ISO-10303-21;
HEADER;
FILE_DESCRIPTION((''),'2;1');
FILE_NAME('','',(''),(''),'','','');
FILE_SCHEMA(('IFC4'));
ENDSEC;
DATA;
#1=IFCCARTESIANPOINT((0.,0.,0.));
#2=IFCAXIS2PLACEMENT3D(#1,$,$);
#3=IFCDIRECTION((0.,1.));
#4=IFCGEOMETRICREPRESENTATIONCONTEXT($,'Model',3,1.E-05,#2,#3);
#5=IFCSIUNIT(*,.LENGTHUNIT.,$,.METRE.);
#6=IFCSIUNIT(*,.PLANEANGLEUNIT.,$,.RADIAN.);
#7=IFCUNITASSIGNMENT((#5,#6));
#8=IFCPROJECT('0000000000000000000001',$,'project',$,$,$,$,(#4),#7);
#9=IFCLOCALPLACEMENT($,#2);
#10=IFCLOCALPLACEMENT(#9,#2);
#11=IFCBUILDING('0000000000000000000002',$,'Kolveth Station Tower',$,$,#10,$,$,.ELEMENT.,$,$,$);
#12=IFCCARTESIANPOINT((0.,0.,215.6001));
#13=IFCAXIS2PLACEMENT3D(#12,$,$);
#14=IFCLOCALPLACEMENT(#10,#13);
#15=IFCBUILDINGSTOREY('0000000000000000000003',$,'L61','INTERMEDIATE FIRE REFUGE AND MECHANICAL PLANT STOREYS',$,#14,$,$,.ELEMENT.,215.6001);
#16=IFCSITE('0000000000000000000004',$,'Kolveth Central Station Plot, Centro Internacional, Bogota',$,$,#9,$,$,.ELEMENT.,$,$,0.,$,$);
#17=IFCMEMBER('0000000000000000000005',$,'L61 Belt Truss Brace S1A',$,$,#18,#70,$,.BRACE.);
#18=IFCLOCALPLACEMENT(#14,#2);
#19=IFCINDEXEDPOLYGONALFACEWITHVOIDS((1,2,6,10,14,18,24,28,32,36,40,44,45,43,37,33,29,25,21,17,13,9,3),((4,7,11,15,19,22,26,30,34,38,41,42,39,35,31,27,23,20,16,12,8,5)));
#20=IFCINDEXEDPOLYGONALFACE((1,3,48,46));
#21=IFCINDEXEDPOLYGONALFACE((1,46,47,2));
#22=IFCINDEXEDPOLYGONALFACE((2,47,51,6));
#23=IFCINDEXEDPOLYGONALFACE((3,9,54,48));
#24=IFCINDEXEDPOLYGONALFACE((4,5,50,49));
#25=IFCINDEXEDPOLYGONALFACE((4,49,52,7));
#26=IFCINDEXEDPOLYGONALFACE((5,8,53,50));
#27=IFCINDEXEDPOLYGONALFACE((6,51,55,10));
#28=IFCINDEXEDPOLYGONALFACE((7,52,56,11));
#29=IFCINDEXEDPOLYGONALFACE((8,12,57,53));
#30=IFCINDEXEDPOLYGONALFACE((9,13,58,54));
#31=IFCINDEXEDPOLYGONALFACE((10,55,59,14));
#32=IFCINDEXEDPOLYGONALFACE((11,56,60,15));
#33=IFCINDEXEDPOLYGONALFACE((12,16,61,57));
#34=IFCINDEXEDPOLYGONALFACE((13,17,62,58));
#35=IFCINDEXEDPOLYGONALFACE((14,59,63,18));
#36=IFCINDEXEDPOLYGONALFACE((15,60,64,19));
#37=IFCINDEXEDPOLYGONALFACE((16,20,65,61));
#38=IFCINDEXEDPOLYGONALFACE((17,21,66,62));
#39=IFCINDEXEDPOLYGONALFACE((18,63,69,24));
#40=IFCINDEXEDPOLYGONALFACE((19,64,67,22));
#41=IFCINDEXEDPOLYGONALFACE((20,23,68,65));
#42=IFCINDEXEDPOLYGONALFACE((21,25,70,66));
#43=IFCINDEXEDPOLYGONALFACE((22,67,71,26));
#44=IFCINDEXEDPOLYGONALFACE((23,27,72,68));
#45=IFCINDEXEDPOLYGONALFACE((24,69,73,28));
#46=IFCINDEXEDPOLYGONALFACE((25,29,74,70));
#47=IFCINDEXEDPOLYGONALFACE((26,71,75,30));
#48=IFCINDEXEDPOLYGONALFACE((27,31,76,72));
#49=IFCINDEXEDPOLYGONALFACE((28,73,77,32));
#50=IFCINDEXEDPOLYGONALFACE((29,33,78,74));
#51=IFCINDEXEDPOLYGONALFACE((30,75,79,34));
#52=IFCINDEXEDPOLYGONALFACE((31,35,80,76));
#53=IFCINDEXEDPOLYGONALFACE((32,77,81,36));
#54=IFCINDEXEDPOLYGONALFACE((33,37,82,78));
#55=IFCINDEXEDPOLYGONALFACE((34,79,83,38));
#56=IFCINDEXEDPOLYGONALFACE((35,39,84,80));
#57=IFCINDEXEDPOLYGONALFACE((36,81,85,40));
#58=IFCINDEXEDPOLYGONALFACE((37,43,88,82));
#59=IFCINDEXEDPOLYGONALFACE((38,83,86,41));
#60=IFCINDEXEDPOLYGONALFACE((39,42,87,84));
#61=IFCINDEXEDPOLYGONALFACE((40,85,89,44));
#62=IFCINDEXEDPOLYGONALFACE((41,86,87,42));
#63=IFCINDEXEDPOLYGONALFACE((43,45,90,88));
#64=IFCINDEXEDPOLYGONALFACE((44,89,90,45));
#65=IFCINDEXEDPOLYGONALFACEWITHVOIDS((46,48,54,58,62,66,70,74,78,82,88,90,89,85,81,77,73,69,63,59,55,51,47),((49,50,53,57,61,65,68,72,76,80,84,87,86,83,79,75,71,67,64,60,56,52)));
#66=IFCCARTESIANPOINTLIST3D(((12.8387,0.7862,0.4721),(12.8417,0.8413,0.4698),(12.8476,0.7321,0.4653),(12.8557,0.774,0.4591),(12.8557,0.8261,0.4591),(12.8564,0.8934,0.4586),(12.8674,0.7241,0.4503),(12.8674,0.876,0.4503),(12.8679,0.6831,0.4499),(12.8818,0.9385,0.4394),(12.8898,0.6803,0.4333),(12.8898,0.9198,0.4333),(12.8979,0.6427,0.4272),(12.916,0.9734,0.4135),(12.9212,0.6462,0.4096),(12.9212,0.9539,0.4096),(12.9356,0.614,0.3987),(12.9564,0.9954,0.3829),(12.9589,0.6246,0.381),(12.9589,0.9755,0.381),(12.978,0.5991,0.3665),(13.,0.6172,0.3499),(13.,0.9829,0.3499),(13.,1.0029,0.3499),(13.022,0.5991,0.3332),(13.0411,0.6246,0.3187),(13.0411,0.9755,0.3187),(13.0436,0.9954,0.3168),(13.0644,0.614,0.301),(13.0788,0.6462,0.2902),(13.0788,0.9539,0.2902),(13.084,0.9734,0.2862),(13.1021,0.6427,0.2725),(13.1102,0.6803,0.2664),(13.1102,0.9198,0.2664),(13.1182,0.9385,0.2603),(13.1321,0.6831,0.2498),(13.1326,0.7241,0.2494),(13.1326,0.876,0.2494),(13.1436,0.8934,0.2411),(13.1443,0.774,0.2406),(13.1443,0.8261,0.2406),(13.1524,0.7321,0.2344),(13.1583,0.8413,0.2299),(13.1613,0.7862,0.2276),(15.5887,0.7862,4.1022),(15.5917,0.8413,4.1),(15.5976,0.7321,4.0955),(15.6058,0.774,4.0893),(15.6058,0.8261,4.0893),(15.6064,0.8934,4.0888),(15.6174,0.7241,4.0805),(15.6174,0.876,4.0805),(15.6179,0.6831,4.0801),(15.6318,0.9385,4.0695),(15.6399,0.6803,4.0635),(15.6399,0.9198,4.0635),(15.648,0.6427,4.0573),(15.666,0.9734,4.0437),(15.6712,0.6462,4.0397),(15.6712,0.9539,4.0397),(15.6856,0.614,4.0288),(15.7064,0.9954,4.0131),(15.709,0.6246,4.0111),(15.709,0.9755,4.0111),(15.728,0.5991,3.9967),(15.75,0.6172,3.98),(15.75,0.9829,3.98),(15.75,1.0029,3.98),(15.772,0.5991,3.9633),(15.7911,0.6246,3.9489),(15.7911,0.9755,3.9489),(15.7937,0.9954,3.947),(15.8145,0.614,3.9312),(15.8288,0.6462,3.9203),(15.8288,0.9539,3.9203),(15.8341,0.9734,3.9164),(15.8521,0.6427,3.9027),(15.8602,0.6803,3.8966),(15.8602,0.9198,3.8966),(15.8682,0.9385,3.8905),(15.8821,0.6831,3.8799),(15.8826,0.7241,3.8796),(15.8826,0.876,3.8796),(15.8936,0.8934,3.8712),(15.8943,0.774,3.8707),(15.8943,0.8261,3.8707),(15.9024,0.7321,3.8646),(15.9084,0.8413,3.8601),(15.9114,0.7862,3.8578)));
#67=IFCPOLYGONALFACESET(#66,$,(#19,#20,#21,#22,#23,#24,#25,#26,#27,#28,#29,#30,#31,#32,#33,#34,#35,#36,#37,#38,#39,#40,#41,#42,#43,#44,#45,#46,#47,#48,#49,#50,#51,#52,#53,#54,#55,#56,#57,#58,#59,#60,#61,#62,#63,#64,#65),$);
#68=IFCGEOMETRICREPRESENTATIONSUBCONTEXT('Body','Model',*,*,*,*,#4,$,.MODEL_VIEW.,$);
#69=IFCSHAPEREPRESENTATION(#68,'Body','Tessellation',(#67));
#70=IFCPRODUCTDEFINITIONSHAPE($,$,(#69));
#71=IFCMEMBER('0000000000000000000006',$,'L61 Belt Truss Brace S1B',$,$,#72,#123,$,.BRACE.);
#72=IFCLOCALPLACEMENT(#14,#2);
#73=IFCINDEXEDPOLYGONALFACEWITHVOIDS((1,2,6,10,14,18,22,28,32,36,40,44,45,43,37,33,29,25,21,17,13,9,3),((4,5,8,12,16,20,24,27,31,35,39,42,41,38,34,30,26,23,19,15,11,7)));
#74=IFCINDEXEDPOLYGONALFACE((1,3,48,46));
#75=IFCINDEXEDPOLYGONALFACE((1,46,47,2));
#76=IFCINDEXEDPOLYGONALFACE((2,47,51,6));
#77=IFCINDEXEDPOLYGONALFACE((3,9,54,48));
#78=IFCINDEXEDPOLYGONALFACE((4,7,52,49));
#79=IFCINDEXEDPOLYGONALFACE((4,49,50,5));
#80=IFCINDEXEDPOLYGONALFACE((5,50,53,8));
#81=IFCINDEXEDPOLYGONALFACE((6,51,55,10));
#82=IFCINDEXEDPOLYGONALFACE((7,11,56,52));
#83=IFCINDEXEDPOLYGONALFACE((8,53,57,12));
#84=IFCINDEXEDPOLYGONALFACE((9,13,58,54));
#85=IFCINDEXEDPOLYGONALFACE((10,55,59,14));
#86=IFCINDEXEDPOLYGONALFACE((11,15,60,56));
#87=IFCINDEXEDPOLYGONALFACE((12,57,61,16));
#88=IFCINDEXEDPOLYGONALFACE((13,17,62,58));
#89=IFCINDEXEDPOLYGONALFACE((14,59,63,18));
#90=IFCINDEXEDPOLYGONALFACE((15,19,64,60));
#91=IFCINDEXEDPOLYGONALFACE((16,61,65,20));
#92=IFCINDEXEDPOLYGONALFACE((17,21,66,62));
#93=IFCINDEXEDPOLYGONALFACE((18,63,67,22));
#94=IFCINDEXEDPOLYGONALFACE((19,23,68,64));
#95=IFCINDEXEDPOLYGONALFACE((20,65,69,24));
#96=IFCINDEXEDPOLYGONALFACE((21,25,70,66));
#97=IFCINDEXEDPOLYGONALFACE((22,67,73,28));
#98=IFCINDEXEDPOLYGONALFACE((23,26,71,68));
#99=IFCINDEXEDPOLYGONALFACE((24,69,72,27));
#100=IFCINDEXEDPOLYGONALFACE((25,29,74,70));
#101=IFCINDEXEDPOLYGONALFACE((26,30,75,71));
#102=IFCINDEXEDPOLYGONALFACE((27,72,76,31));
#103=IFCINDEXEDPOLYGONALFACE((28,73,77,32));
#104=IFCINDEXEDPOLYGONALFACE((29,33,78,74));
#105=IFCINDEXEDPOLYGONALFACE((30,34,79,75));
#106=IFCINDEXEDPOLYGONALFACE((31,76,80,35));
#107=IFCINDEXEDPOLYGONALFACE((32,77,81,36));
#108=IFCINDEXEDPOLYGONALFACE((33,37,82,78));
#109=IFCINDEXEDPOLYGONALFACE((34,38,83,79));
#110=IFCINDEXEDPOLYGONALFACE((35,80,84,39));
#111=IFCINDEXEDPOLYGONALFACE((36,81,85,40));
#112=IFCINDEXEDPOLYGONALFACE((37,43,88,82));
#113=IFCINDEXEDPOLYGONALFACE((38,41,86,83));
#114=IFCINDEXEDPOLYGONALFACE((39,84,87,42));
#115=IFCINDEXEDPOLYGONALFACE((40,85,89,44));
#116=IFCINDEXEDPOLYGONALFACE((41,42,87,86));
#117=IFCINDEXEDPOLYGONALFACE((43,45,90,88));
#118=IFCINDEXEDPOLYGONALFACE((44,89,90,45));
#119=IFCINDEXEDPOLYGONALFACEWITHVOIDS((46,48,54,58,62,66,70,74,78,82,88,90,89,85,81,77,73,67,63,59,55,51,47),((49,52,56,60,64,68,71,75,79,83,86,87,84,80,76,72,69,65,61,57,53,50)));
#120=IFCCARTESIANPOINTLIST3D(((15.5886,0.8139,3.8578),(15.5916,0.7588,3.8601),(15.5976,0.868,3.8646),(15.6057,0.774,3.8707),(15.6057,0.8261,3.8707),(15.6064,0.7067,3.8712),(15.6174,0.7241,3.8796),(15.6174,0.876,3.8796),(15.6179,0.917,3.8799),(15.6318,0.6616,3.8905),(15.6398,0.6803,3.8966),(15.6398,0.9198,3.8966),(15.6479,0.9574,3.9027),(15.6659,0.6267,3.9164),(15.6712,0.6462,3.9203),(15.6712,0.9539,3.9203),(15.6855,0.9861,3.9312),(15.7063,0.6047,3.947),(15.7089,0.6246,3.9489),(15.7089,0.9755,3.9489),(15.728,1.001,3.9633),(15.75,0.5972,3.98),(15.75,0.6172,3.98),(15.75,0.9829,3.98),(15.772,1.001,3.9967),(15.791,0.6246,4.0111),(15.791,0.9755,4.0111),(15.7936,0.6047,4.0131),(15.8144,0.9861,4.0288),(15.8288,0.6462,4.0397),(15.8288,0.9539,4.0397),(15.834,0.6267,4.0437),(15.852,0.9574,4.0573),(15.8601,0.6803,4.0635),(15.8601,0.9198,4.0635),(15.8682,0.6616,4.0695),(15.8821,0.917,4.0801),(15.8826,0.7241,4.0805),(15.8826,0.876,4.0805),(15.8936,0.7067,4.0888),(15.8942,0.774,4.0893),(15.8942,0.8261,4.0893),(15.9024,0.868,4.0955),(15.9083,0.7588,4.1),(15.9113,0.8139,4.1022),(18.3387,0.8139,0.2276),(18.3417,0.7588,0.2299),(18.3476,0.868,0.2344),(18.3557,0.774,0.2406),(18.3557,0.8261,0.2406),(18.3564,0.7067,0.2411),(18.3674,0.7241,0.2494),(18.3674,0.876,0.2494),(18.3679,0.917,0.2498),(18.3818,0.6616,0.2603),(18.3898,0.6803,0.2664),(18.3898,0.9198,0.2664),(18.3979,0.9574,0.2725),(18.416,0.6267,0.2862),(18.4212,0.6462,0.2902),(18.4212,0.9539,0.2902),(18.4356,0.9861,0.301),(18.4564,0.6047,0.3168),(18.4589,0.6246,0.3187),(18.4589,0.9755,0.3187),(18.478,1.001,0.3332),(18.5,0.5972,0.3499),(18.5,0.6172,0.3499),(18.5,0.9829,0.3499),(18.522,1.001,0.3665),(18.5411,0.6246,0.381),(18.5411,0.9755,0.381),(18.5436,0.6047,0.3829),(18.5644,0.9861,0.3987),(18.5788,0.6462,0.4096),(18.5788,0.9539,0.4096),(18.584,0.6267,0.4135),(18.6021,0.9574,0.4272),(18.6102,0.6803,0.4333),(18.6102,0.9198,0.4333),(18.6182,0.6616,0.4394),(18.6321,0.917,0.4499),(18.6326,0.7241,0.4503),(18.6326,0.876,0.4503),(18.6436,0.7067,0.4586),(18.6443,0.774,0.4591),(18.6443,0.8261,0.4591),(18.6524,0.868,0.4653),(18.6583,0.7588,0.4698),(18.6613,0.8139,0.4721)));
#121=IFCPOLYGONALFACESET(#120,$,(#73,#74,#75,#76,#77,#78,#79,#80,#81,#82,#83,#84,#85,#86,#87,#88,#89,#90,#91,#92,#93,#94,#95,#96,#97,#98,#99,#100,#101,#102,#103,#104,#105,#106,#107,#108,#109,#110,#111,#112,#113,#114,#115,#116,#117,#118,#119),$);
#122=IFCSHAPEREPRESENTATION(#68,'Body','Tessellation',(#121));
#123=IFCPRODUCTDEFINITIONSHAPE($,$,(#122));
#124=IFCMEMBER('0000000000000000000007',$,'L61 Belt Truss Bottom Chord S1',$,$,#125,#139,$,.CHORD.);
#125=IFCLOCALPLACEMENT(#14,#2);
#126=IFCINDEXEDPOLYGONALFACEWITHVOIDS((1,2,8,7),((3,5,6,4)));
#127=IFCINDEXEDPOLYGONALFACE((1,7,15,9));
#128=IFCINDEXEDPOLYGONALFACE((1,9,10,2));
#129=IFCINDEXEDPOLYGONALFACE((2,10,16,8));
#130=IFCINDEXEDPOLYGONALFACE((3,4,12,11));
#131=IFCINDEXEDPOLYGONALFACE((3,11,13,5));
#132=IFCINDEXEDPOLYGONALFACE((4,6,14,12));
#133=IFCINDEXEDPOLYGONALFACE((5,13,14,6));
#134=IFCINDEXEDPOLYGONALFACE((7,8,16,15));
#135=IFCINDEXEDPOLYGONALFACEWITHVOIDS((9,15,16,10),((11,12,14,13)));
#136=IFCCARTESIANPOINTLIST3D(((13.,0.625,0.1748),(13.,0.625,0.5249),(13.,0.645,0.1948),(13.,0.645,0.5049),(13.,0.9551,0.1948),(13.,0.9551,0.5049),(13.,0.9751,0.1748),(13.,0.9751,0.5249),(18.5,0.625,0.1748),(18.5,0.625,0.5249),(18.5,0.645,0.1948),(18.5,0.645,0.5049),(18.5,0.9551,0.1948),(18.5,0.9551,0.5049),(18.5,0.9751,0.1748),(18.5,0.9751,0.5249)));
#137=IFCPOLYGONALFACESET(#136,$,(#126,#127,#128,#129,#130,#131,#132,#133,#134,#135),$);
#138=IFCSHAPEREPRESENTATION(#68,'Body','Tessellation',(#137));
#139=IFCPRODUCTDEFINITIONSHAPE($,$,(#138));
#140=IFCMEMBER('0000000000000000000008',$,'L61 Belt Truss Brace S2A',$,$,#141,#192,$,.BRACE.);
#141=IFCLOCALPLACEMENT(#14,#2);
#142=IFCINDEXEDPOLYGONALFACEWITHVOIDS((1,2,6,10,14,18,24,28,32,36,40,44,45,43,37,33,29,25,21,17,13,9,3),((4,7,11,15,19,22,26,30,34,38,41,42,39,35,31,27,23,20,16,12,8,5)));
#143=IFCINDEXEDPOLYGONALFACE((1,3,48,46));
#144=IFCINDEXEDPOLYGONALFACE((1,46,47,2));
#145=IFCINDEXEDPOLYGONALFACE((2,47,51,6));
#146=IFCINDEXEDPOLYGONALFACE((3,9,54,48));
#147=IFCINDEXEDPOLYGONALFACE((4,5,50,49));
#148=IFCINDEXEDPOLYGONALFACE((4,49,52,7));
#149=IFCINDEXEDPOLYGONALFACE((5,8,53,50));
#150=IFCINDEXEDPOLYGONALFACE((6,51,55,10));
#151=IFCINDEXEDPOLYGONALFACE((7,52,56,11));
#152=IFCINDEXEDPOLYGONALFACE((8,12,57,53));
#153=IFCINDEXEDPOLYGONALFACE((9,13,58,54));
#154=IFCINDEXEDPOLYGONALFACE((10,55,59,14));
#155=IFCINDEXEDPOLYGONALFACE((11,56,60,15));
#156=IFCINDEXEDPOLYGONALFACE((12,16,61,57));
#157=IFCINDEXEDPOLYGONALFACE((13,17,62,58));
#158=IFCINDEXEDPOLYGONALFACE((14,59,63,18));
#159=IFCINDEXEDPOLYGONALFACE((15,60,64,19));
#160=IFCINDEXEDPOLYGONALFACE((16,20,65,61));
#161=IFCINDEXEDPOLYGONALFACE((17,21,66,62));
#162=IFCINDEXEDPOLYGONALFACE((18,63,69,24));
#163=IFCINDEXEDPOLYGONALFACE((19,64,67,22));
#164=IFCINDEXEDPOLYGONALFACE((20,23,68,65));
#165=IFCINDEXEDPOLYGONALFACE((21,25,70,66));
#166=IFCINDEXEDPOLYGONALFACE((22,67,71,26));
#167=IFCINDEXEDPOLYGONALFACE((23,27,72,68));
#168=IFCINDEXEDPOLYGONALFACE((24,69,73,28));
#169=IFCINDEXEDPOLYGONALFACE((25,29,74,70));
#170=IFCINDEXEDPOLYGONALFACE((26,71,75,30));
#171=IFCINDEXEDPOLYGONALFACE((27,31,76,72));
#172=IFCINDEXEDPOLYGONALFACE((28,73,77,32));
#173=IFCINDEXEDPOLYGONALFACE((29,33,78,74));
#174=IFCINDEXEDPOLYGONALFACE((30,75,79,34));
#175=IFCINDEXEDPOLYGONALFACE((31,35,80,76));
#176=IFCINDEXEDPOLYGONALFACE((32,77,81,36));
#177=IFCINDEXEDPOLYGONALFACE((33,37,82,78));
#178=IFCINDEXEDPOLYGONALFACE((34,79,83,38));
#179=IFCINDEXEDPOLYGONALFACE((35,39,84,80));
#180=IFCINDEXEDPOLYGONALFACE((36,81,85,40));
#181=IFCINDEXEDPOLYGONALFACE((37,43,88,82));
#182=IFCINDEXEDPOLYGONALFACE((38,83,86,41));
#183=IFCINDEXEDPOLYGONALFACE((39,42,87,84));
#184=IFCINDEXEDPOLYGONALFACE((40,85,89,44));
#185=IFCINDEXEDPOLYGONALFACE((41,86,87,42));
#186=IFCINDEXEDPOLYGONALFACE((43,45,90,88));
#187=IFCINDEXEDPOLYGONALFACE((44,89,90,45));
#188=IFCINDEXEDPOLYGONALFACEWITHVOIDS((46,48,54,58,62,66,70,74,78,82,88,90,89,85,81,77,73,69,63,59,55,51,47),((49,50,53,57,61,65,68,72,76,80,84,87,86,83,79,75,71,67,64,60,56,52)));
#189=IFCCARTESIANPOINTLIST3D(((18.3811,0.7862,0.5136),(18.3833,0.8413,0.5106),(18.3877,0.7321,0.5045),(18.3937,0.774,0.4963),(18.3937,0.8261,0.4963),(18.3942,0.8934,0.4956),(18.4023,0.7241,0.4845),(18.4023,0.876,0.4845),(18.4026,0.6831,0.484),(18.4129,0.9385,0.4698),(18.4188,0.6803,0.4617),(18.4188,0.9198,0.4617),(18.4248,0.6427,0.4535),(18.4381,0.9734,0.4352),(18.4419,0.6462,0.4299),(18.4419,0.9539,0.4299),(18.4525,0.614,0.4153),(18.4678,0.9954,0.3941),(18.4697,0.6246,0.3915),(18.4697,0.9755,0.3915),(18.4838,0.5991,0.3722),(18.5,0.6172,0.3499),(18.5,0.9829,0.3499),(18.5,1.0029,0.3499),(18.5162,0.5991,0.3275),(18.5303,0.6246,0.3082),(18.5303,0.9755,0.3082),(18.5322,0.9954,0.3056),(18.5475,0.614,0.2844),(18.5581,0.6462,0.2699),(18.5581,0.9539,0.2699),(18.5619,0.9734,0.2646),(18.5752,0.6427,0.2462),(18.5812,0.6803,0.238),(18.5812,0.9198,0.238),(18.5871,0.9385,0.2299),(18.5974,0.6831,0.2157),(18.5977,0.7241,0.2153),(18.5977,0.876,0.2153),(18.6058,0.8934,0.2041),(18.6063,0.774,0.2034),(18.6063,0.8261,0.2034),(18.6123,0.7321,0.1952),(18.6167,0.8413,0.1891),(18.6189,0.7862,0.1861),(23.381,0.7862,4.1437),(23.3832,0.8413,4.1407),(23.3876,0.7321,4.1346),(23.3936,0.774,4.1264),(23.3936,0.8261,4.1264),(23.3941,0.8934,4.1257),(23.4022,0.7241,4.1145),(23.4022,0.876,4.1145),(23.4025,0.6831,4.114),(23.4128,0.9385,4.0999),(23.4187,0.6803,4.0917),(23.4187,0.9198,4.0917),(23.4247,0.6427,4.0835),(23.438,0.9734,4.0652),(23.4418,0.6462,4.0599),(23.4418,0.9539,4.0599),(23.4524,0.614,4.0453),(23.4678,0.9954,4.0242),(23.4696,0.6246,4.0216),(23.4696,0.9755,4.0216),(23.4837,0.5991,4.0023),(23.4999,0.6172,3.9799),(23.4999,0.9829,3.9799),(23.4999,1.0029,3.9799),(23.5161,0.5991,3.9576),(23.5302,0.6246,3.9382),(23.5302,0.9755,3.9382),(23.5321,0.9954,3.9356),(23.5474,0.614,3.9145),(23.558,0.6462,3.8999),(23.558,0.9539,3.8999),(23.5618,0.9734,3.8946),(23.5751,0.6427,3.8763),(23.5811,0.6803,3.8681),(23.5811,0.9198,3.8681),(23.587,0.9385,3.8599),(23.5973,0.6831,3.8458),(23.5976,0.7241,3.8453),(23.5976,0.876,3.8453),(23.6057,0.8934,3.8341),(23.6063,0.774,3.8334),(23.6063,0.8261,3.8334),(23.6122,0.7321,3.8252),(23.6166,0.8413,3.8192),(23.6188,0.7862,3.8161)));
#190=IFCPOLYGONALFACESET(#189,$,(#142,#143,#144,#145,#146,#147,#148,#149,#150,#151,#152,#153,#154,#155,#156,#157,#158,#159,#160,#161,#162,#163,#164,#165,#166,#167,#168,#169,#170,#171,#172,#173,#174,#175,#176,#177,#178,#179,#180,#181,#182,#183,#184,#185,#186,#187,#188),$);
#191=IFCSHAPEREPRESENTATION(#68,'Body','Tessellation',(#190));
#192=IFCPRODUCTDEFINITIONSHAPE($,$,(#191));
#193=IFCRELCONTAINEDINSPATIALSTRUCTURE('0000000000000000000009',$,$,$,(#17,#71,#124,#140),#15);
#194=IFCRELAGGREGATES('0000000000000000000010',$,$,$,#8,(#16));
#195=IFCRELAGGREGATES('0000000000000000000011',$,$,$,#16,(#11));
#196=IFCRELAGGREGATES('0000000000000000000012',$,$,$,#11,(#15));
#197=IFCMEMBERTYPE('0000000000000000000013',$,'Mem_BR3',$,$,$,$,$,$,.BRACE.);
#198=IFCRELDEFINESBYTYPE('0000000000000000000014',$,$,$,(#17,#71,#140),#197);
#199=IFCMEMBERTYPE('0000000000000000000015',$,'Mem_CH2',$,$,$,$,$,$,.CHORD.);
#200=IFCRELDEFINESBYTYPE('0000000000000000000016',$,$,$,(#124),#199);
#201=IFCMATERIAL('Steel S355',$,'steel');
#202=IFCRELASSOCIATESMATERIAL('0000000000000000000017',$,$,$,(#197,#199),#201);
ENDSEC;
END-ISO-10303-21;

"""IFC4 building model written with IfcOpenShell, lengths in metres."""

from ifc_helpers import new_model, si_unit, direction, frame, origin, origin_2d, place, context, subcontext, project, spatial, hollow_rectangle, hollow_circle, extrude, source, transform, mapped, material, material_profile, profile_set, type_object, element, save


model = new_model("IFC4")

# Units and contexts
model_context = context("Model", 3, precision=1e-05, world=origin(), true_north=direction((0.0, 1.0)))
body_context = subcontext(model_context, "Body", "Model", "MODEL_VIEW")
ifc_project = project(units=[si_unit("LENGTHUNIT", "METRE"), si_unit("PLANEANGLEUNIT", "RADIAN")], contexts=[model_context])

# Site, building, storey
site_placement = place(None, origin())
site = spatial("IfcSite", under=ifc_project, at=site_placement, Name="Kolveth Central Station Plot, Centro Internacional, Bogota", CompositionType="ELEMENT", RefElevation=0.0)
building_placement = place(site_placement, origin())
building = spatial("IfcBuilding", under=site, at=building_placement, Name="Kolveth Station Tower", CompositionType="ELEMENT")
storey_placement = place(building_placement, frame((0.0, 0.0, 215.6001)))
storey = spatial("IfcBuildingStorey", under=building, at=storey_placement, Name="L61", Description="INTERMEDIATE FIRE REFUGE AND MECHANICAL PLANT STOREYS", CompositionType="ELEMENT", Elevation=215.6001)

# Shared definitions
ifc_material_1 = material(Name="Steel S355", Category="steel")

# Members
ifc_material_profile_1 = material_profile(ifc_material_1, hollow_circle(Radius=0.2029, WallThickness=0.02, at=origin_2d()), Name="CHS406x20")
ifc_profile_set_1 = profile_set([ifc_material_profile_1], Name="Steel S355")
member_type_1 = type_object("IfcMemberType", Name="Mem_BR3", PredefinedType="BRACE", material=ifc_profile_set_1)
shared_shape_1 = source(origin(), body_context, "Body", "SweptSolid", [
    extrude(hollow_circle(Radius=0.2029, WallThickness=0.02, at=origin_2d()), origin(), (0.0, 0.0, 1.0), 4.5542),
])
for number, where, z_axis, x_axis, name in (
    (1, (13.0, 0.8, 0.3499), (0.603844, 0.0, 0.797102), (0.0, 1.0, 0.0), "L61 Belt Truss Brace S1A"),
    (2, (18.5, 0.8, 0.3499), (-0.603844, 0.0, 0.797102), (0.0, -1.0, 0.0), "L61 Belt Truss Brace S1B"),
):
    element("IfcMember", number, at=place(storey_placement, frame(where, z_axis=z_axis, x_axis=x_axis)), inside=storey, type_object=member_type_1, Name=name, PredefinedType="BRACE", context=body_context, shape_type="MappedRepresentation", body=[
        mapped(shared_shape_1, transform((0.0, 0.0, 0.0), x_axis=(1.0, 0.0, 0.0), y_axis=(0.0, 1.0, 0.0), z_axis=(0.0, 0.0, 1.0), scale=1.0)),
    ])
ifc_material_profile_2 = material_profile(ifc_material_1, hollow_rectangle(XDim=0.3501, YDim=0.3501, WallThickness=0.02, at=origin_2d()), Name="HSS350x350x20")
ifc_profile_set_2 = profile_set([ifc_material_profile_2], Name="Steel S355")
member_type_2 = type_object("IfcMemberType", Name="Mem_CH2", PredefinedType="CHORD", material=ifc_profile_set_2)
shared_shape_2 = source(origin(), body_context, "Body", "SweptSolid", [
    extrude(hollow_rectangle(XDim=0.3501, YDim=0.3501, WallThickness=0.02, at=origin_2d()), origin(), (0.0, 0.0, 1.0), 5.5),
])
member_1_placement = place(storey_placement, frame((13.0, 0.8, 0.3499), z_axis=(1.0, 0.0, 0.0), x_axis=(0.0, 1.0, 0.0)))
element("IfcMember", 3, at=member_1_placement, inside=storey, type_object=member_type_2, Name="L61 Belt Truss Bottom Chord S1", PredefinedType="CHORD", context=body_context, shape_type="MappedRepresentation", body=[
    mapped(shared_shape_2, transform((0.0, 0.0, 0.0), x_axis=(1.0, 0.0, 0.0), y_axis=(0.0, 1.0, 0.0), z_axis=(0.0, 0.0, 1.0), scale=1.0)),
])
shared_shape_3 = source(origin(), body_context, "Body", "SweptSolid", [
    extrude(hollow_circle(Radius=0.2029, WallThickness=0.02, at=origin_2d()), origin(), (0.0, 0.0, 1.0), 6.1787),
])
member_2_placement = place(storey_placement, frame((18.5, 0.8, 0.3499), z_axis=(0.809216, 0.0, 0.587511), x_axis=(0.0, 1.0, 0.0)))
element("IfcMember", 4, at=member_2_placement, inside=storey, type_object=member_type_1, Name="L61 Belt Truss Brace S2A", PredefinedType="BRACE", context=body_context, shape_type="MappedRepresentation", body=[
    mapped(shared_shape_3, transform((0.0, 0.0, 0.0), x_axis=(1.0, 0.0, 0.0), y_axis=(0.0, 1.0, 0.0), z_axis=(0.0, 0.0, 1.0), scale=1.0)),
])

save(model, "model.ifc")
